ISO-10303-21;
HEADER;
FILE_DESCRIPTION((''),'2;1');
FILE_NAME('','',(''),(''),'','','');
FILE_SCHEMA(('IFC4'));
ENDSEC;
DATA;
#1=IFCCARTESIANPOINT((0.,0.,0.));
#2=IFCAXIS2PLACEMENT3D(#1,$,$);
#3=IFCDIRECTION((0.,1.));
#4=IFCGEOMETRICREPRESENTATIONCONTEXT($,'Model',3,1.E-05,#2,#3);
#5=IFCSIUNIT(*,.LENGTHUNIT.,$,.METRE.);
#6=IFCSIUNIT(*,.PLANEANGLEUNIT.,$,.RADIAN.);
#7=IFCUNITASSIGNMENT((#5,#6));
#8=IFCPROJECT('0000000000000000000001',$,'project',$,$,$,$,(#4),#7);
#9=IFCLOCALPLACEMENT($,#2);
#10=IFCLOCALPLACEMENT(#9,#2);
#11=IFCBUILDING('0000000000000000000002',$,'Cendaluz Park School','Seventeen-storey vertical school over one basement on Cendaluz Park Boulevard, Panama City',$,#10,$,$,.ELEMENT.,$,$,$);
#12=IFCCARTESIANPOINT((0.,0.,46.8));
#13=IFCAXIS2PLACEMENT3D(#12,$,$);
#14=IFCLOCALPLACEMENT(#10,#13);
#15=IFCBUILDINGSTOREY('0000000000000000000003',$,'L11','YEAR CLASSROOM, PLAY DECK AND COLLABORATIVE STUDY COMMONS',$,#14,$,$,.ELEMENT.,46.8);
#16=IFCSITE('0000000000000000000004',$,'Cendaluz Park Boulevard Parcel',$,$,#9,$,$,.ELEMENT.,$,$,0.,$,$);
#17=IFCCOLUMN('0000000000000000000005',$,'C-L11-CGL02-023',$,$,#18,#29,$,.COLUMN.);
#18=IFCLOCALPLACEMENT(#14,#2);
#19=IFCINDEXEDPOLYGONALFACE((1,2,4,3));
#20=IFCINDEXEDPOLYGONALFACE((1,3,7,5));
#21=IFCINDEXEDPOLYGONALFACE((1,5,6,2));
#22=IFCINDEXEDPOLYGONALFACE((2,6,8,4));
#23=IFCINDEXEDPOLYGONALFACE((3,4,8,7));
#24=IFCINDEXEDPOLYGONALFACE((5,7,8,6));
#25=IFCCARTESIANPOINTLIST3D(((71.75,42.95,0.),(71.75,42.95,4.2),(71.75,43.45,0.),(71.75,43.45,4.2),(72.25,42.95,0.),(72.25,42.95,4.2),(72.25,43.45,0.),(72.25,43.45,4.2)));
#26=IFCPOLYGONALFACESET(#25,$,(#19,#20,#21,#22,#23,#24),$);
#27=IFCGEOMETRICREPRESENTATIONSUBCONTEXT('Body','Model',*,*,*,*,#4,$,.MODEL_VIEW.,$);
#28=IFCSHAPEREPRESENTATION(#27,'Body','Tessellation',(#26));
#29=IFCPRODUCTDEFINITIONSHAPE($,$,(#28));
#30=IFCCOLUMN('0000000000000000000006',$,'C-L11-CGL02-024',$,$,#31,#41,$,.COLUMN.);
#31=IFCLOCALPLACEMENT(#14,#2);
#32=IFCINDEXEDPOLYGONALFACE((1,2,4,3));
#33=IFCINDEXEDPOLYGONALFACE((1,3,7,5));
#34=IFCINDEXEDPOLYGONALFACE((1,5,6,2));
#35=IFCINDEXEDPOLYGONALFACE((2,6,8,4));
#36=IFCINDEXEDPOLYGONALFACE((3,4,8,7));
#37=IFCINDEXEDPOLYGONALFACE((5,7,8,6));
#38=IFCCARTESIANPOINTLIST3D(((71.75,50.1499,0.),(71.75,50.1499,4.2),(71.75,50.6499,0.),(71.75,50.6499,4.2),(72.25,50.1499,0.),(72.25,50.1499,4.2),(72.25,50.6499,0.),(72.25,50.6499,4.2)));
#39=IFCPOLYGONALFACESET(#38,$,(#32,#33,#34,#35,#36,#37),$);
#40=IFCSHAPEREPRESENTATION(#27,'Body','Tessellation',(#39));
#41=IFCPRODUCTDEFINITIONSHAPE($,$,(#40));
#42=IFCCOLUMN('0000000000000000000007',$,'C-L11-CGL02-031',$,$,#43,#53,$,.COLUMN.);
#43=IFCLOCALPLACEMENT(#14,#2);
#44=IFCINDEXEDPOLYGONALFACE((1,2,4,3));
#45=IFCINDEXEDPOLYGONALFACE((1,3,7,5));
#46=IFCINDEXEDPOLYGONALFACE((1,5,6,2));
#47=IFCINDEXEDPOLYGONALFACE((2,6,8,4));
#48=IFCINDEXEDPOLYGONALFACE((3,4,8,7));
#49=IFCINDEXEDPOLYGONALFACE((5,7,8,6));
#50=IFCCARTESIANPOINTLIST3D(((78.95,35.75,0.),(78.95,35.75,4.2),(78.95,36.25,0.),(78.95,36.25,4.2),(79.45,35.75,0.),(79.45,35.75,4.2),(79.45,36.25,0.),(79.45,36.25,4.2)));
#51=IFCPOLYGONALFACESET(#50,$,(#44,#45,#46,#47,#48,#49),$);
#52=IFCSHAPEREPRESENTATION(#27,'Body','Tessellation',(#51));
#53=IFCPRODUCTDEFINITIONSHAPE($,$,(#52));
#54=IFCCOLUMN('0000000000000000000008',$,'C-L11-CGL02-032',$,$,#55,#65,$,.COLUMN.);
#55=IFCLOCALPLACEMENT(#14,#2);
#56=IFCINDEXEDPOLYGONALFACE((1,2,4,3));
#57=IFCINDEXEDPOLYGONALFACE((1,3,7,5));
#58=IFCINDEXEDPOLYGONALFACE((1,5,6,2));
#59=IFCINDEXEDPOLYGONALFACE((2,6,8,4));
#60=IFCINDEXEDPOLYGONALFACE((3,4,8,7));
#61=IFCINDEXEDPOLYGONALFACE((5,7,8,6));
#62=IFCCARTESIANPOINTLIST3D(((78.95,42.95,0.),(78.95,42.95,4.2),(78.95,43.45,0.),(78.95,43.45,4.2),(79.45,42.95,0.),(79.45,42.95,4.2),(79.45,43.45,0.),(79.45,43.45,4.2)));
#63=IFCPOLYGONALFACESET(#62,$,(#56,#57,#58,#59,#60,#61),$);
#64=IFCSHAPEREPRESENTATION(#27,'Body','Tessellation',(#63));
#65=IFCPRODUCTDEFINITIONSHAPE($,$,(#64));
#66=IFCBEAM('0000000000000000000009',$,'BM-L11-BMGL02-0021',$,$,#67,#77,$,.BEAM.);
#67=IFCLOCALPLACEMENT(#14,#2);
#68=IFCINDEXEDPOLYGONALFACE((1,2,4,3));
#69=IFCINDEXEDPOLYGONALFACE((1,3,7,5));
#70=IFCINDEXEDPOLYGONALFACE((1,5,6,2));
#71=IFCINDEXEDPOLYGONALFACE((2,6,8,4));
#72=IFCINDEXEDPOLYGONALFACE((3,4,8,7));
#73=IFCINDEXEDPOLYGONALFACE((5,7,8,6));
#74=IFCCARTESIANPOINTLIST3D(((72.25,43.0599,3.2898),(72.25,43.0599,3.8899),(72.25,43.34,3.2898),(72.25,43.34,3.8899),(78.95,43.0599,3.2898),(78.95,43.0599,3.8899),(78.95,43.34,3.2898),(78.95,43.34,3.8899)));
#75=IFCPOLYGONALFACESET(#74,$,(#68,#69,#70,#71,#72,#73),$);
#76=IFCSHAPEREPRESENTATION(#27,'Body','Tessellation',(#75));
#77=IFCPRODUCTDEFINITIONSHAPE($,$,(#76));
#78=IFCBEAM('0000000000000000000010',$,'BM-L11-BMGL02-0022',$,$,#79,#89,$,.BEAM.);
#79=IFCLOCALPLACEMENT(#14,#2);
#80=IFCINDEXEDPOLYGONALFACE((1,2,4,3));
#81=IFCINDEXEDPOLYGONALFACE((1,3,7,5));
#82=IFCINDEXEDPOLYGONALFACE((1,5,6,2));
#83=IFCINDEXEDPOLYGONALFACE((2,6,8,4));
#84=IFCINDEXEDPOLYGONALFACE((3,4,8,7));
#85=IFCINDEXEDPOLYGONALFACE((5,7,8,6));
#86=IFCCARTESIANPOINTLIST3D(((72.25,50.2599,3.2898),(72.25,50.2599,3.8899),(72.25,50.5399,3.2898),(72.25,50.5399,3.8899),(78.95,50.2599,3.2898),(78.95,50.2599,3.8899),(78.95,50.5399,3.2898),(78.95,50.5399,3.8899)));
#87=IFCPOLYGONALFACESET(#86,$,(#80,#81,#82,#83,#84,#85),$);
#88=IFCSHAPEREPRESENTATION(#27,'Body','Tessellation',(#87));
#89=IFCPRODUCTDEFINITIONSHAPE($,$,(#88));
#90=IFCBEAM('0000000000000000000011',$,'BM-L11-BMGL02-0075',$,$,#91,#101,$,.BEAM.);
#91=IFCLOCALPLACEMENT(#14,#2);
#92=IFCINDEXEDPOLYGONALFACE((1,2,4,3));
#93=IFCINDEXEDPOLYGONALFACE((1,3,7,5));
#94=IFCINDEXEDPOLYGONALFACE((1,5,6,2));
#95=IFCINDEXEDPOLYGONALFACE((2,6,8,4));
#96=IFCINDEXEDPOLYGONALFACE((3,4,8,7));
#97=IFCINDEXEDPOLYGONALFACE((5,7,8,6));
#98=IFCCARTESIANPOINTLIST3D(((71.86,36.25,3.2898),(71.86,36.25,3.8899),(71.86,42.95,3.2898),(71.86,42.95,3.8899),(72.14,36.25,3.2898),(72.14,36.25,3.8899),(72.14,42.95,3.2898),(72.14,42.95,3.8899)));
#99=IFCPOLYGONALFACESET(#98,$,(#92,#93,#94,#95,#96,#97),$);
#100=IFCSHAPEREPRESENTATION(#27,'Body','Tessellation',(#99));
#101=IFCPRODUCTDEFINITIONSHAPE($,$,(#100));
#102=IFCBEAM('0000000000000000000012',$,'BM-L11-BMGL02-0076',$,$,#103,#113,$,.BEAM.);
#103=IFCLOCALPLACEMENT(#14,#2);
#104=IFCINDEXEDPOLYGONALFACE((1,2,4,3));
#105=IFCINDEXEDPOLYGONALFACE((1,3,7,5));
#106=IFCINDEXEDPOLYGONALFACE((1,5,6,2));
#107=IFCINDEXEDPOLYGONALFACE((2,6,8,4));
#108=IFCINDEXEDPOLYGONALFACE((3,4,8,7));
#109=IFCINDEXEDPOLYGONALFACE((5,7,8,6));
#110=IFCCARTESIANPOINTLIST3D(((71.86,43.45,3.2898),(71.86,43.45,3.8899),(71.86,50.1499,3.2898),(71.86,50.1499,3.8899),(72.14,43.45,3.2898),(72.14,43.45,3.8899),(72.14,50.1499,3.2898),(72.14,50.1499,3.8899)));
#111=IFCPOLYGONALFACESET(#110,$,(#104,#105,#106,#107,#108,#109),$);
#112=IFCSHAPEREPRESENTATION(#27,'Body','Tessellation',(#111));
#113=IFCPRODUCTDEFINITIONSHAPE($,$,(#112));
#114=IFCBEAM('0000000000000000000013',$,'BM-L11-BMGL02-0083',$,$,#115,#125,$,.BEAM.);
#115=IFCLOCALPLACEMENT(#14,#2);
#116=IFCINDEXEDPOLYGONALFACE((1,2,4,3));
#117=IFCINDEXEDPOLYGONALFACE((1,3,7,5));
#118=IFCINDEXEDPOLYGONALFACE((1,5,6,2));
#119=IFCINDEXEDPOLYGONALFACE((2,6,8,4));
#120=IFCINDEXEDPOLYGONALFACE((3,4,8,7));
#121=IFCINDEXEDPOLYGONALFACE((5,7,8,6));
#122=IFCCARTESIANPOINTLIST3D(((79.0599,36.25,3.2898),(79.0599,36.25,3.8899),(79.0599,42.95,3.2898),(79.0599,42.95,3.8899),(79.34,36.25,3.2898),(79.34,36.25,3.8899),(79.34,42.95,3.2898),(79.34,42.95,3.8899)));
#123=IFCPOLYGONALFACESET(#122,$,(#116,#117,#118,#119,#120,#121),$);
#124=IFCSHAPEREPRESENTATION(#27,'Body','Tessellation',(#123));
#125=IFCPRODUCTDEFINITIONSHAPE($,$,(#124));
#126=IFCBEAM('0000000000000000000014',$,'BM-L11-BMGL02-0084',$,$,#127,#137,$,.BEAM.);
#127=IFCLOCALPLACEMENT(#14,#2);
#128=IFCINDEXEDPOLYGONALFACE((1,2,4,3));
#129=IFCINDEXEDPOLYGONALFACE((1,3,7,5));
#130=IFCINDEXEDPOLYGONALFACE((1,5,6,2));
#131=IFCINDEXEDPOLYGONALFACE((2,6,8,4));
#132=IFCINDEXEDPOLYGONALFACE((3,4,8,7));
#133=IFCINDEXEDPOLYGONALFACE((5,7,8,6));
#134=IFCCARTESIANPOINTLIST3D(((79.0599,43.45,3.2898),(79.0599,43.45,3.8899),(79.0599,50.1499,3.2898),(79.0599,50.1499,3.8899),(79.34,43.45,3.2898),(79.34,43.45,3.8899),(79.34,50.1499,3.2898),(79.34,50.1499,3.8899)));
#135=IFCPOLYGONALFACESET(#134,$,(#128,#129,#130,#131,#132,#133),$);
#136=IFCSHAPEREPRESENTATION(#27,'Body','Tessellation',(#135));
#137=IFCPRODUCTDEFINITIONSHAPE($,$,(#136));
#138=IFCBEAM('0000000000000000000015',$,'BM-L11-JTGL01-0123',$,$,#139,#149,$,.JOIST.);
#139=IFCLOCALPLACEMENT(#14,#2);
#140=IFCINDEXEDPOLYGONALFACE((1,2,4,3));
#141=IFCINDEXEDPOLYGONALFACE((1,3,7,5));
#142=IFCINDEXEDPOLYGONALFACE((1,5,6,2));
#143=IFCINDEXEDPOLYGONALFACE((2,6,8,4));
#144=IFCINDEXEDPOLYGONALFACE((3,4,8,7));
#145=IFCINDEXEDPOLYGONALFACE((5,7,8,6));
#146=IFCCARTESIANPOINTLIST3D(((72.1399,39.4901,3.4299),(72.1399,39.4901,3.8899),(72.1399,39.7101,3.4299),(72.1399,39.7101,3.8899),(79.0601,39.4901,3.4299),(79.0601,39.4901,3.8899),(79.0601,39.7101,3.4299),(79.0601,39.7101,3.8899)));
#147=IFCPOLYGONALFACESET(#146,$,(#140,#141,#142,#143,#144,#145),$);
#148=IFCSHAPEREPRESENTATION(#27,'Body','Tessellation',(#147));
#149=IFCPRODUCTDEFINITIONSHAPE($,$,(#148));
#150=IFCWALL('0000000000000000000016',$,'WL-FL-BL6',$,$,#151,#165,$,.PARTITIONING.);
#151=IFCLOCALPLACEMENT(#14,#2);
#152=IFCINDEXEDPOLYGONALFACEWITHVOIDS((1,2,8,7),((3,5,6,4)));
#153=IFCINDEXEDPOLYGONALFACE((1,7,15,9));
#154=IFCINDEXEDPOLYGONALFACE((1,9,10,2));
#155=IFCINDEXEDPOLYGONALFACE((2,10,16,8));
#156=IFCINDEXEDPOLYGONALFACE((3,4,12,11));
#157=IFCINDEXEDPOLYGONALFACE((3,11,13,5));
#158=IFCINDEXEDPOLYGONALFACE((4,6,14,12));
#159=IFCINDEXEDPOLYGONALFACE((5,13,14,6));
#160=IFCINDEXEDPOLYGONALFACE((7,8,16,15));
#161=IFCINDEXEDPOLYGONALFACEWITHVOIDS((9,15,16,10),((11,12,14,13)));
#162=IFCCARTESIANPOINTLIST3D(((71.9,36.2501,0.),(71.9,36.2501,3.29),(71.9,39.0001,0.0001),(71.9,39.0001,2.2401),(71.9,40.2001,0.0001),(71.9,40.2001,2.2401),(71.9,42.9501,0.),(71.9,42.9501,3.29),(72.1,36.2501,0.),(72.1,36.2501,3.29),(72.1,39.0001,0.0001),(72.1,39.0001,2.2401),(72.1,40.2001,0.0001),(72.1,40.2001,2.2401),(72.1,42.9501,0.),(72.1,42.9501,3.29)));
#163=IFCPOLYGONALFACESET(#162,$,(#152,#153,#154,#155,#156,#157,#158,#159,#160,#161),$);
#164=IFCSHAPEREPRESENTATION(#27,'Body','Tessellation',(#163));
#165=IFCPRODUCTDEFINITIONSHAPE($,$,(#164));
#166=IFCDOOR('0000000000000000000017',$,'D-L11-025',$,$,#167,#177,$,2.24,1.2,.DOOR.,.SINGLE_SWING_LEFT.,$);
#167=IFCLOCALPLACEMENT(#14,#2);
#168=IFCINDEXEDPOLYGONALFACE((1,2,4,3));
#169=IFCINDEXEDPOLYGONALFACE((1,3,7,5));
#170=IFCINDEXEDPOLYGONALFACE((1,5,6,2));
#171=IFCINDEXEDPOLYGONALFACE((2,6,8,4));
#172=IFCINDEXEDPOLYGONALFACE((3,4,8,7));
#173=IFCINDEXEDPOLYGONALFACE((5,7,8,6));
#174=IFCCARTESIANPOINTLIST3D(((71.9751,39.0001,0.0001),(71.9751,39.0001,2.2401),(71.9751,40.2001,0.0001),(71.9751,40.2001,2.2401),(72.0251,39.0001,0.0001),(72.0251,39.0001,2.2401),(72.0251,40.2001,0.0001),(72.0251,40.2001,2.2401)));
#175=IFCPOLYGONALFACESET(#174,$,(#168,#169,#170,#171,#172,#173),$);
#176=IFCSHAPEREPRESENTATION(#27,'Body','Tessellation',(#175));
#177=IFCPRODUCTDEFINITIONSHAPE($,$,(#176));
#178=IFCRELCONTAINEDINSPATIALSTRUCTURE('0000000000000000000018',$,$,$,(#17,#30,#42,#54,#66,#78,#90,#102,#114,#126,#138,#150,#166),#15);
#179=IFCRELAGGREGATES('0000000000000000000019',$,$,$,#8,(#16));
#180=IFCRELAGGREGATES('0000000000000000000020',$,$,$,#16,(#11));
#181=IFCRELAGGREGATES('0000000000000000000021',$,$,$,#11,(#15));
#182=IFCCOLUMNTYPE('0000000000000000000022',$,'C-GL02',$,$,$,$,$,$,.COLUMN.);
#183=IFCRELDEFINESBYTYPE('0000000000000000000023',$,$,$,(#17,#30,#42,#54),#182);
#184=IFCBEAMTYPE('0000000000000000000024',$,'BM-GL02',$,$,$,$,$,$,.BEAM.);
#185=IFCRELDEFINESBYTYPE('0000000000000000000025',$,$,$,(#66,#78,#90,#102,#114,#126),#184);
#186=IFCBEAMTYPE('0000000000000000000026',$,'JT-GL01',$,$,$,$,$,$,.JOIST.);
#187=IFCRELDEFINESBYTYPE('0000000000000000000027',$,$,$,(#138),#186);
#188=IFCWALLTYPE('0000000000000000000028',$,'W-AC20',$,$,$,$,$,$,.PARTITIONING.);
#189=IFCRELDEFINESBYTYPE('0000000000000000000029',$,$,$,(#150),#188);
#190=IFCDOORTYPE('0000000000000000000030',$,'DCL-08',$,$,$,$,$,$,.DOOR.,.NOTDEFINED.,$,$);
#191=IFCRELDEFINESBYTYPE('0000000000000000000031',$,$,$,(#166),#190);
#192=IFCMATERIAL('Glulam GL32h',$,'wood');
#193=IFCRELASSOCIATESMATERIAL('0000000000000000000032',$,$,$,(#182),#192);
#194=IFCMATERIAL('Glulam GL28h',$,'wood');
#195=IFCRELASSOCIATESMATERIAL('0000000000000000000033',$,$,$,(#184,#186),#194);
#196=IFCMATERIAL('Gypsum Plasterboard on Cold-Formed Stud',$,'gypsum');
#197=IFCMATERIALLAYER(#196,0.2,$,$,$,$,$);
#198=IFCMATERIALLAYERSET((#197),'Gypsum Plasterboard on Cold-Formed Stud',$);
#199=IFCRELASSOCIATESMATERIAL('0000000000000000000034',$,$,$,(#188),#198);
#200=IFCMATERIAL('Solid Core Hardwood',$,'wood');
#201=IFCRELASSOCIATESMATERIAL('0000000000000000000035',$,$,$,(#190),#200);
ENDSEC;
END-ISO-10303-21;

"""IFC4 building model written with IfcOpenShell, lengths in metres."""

from ifc_helpers import new_model, si_unit, direction, frame, frame_2d, origin, origin_2d, place, context, subcontext, project, spatial, rectangle, extrude, material, layer, layer_set, material_profile, profile_set, type_object, element, fill, save


model = new_model("IFC4")

# Units and contexts
model_context = context("Model", 3, precision=1e-05, world=origin(), true_north=direction((0.0, 1.0)))
body_context = subcontext(model_context, "Body", "Model", "MODEL_VIEW")
ifc_project = project(units=[si_unit("LENGTHUNIT", "METRE"), si_unit("PLANEANGLEUNIT", "RADIAN")], contexts=[model_context])

# Site, building, storey
site_placement = place(None, origin())
site = spatial("IfcSite", under=ifc_project, at=site_placement, Name="Cendaluz Park Boulevard Parcel", CompositionType="ELEMENT", RefElevation=0.0)
building_placement = place(site_placement, origin())
building = spatial("IfcBuilding", under=site, at=building_placement, Name="Cendaluz Park School", Description="Seventeen-storey vertical school over one basement on Cendaluz Park Boulevard, Panama City", CompositionType="ELEMENT")
storey_placement = place(building_placement, frame((0.0, 0.0, 46.8)))
storey = spatial("IfcBuildingStorey", under=building, at=storey_placement, Name="L11", Description="YEAR CLASSROOM, PLAY DECK AND COLLABORATIVE STUDY COMMONS", CompositionType="ELEMENT", Elevation=46.8)

# Columns
ifc_material_1 = material(Name="Glulam GL32h", Category="wood")
ifc_material_profile_1 = material_profile(ifc_material_1, rectangle(XDim=0.5, YDim=0.5, at=origin_2d()), Name="GL32h 500x500", Category="wood")
ifc_profile_set_1 = profile_set([ifc_material_profile_1], Name="Glulam GL32h")
column_type = type_object("IfcColumnType", Name="C-GL02", PredefinedType="COLUMN", material=ifc_profile_set_1)
for number, where, z_axis, x_axis, name in (
    (1, (72.0, 43.2, 0.0), (0.0, 0.0, 1.0), (1.0, 0.0, 0.0), "C-L11-CGL02-023"),
    (2, (72.0, 50.3999, 0.0), (0.0, 0.0, 1.0), (1.0, 0.0, 0.0), "C-L11-CGL02-024"),
    (3, (79.2, 36.0, 0.0), (0.0, 0.0, 1.0), (1.0, 0.0, 0.0), "C-L11-CGL02-031"),
    (4, (79.2, 43.2, 0.0), (0.0, 0.0, 1.0), (1.0, 0.0, 0.0), "C-L11-CGL02-032"),
):
    element("IfcColumn", number, at=place(storey_placement, frame(where, z_axis=z_axis, x_axis=x_axis)), inside=storey, type_object=column_type, Name=name, PredefinedType="COLUMN", context=body_context, shape_type="SweptSolid", body=[
        extrude(rectangle(XDim=0.5, YDim=0.5, at=origin_2d()), origin(), (0.0, 0.0, 1.0), 4.2),
    ])

# Beams
ifc_material_2 = material(Name="Glulam GL28h", Category="wood")
ifc_material_profile_2 = material_profile(ifc_material_2, rectangle(XDim=0.28, YDim=0.6001, at=origin_2d()), Name="GL28h 280x600", Category="wood")
ifc_profile_set_2 = profile_set([ifc_material_profile_2], Name="Glulam GL28h")
beam_type_1 = type_object("IfcBeamType", Name="BM-GL02", PredefinedType="BEAM", material=ifc_profile_set_2)
for number, where, z_axis, x_axis, name in (
    (5, (72.25, 43.2, 3.5898), (1.0, 0.0, 0.0), (0.0, 1.0, 0.0), "BM-L11-BMGL02-0021"),
    (6, (72.25, 50.3999, 3.5898), (1.0, 0.0, 0.0), (0.0, 1.0, 0.0), "BM-L11-BMGL02-0022"),
    (7, (72.0, 36.25, 3.5898), (0.0, 1.0, 0.0), (-1.0, 0.0, 0.0), "BM-L11-BMGL02-0075"),
    (8, (72.0, 43.45, 3.5898), (0.0, 1.0, 0.0), (-1.0, 0.0, 0.0), "BM-L11-BMGL02-0076"),
    (9, (79.2, 36.25, 3.5898), (0.0, 1.0, 0.0), (-1.0, 0.0, 0.0), "BM-L11-BMGL02-0083"),
    (10, (79.2, 43.45, 3.5898), (0.0, 1.0, 0.0), (-1.0, 0.0, 0.0), "BM-L11-BMGL02-0084"),
):
    element("IfcBeam", number, at=place(storey_placement, frame(where, z_axis=z_axis, x_axis=x_axis)), inside=storey, type_object=beam_type_1, Name=name, PredefinedType="BEAM", context=body_context, shape_type="SweptSolid", body=[
        extrude(rectangle(XDim=0.28, YDim=0.6001, at=origin_2d()), origin(), (0.0, 0.0, 1.0), 6.7),
    ])
ifc_material_profile_3 = material_profile(ifc_material_2, rectangle(XDim=0.22, YDim=0.46, at=origin_2d()), Name="GL28h 220x460", Category="wood")
ifc_profile_set_3 = profile_set([ifc_material_profile_3], Name="Glulam GL28h")
beam_type_2 = type_object("IfcBeamType", Name="JT-GL01", PredefinedType="JOIST", material=ifc_profile_set_3)
beam_placement = place(storey_placement, frame((72.1399, 39.6001, 3.6599), z_axis=(1.0, 0.0, 0.0), x_axis=(0.0, 1.0, 0.0)))
element("IfcBeam", 11, at=beam_placement, inside=storey, type_object=beam_type_2, Name="BM-L11-JTGL01-0123", PredefinedType="JOIST", context=body_context, shape_type="SweptSolid", body=[
    extrude(rectangle(XDim=0.22, YDim=0.46, at=origin_2d()), origin(), (0.0, 0.0, 1.0), 6.9202),
])

# Wall, opening, door
ifc_material_3 = material(Name="Gypsum Plasterboard on Cold-Formed Stud", Category="gypsum")
ifc_layer_1 = layer(ifc_material_3, 0.2)
ifc_layer_set_1 = layer_set([ifc_layer_1], Name="Gypsum Plasterboard on Cold-Formed Stud")
wall_type_1 = type_object("IfcWallType", Name="W-AC20", PredefinedType="PARTITIONING", material=ifc_layer_set_1)
wall_1_placement = place(storey_placement, frame((72.0, 36.25, 0.0), z_axis=(0.0, 0.0, 1.0), x_axis=(0.0, 1.0, 0.0)))
wall_1 = element("IfcWall", 12, at=wall_1_placement, inside=storey, type_object=wall_type_1, Name="WL-FL-BL6", PredefinedType="PARTITIONING", context=body_context, shape_type="SweptSolid", body=[
    extrude(rectangle(XDim=6.7, YDim=0.2, at=frame_2d((3.3501, 0.0))), origin(), (0.0, 0.0, 1.0), 3.29),
])
opening_1_placement = place(wall_1_placement, frame((2.75, 0.0, 0.0)))
opening_1 = element("IfcOpeningElement", 13, at=opening_1_placement, cuts=wall_1, PredefinedType="OPENING", context=body_context, shape_type="SweptSolid", body=[
    extrude(rectangle(XDim=1.2, YDim=2.24, at=frame_2d((0.6001, 1.1201))), frame((0.0, 0.1121, 0.0), z_axis=(0.0, -1.0, 0.0), x_axis=(1.0, 0.0, 0.0)), (0.0, 0.0, 1.0), 0.2239),
])
ifc_material_4 = material(Name="Solid Core Hardwood", Category="wood")
door_type_1 = type_object("IfcDoorType", Name="DCL-08", OperationType="NOTDEFINED", PredefinedType="DOOR", material=ifc_material_4)
door_1_placement = place(opening_1_placement, origin())
door_1 = element("IfcDoor", 14, at=door_1_placement, inside=storey, type_object=door_type_1, Name="D-L11-025", OperationType="SINGLE_SWING_LEFT", OverallHeight=2.24, OverallWidth=1.2, PredefinedType="DOOR", context=body_context, shape_type="SweptSolid", body=[
    extrude(rectangle(XDim=1.2, YDim=2.24, at=frame_2d((0.6001, 1.1201))), frame((0.0, 0.0249, 0.0), z_axis=(0.0, -1.0, 0.0), x_axis=(1.0, 0.0, 0.0)), (0.0, 0.0, 1.0), 0.05),
])
fill(opening_1, door_1)

save(model, "model.ifc")
